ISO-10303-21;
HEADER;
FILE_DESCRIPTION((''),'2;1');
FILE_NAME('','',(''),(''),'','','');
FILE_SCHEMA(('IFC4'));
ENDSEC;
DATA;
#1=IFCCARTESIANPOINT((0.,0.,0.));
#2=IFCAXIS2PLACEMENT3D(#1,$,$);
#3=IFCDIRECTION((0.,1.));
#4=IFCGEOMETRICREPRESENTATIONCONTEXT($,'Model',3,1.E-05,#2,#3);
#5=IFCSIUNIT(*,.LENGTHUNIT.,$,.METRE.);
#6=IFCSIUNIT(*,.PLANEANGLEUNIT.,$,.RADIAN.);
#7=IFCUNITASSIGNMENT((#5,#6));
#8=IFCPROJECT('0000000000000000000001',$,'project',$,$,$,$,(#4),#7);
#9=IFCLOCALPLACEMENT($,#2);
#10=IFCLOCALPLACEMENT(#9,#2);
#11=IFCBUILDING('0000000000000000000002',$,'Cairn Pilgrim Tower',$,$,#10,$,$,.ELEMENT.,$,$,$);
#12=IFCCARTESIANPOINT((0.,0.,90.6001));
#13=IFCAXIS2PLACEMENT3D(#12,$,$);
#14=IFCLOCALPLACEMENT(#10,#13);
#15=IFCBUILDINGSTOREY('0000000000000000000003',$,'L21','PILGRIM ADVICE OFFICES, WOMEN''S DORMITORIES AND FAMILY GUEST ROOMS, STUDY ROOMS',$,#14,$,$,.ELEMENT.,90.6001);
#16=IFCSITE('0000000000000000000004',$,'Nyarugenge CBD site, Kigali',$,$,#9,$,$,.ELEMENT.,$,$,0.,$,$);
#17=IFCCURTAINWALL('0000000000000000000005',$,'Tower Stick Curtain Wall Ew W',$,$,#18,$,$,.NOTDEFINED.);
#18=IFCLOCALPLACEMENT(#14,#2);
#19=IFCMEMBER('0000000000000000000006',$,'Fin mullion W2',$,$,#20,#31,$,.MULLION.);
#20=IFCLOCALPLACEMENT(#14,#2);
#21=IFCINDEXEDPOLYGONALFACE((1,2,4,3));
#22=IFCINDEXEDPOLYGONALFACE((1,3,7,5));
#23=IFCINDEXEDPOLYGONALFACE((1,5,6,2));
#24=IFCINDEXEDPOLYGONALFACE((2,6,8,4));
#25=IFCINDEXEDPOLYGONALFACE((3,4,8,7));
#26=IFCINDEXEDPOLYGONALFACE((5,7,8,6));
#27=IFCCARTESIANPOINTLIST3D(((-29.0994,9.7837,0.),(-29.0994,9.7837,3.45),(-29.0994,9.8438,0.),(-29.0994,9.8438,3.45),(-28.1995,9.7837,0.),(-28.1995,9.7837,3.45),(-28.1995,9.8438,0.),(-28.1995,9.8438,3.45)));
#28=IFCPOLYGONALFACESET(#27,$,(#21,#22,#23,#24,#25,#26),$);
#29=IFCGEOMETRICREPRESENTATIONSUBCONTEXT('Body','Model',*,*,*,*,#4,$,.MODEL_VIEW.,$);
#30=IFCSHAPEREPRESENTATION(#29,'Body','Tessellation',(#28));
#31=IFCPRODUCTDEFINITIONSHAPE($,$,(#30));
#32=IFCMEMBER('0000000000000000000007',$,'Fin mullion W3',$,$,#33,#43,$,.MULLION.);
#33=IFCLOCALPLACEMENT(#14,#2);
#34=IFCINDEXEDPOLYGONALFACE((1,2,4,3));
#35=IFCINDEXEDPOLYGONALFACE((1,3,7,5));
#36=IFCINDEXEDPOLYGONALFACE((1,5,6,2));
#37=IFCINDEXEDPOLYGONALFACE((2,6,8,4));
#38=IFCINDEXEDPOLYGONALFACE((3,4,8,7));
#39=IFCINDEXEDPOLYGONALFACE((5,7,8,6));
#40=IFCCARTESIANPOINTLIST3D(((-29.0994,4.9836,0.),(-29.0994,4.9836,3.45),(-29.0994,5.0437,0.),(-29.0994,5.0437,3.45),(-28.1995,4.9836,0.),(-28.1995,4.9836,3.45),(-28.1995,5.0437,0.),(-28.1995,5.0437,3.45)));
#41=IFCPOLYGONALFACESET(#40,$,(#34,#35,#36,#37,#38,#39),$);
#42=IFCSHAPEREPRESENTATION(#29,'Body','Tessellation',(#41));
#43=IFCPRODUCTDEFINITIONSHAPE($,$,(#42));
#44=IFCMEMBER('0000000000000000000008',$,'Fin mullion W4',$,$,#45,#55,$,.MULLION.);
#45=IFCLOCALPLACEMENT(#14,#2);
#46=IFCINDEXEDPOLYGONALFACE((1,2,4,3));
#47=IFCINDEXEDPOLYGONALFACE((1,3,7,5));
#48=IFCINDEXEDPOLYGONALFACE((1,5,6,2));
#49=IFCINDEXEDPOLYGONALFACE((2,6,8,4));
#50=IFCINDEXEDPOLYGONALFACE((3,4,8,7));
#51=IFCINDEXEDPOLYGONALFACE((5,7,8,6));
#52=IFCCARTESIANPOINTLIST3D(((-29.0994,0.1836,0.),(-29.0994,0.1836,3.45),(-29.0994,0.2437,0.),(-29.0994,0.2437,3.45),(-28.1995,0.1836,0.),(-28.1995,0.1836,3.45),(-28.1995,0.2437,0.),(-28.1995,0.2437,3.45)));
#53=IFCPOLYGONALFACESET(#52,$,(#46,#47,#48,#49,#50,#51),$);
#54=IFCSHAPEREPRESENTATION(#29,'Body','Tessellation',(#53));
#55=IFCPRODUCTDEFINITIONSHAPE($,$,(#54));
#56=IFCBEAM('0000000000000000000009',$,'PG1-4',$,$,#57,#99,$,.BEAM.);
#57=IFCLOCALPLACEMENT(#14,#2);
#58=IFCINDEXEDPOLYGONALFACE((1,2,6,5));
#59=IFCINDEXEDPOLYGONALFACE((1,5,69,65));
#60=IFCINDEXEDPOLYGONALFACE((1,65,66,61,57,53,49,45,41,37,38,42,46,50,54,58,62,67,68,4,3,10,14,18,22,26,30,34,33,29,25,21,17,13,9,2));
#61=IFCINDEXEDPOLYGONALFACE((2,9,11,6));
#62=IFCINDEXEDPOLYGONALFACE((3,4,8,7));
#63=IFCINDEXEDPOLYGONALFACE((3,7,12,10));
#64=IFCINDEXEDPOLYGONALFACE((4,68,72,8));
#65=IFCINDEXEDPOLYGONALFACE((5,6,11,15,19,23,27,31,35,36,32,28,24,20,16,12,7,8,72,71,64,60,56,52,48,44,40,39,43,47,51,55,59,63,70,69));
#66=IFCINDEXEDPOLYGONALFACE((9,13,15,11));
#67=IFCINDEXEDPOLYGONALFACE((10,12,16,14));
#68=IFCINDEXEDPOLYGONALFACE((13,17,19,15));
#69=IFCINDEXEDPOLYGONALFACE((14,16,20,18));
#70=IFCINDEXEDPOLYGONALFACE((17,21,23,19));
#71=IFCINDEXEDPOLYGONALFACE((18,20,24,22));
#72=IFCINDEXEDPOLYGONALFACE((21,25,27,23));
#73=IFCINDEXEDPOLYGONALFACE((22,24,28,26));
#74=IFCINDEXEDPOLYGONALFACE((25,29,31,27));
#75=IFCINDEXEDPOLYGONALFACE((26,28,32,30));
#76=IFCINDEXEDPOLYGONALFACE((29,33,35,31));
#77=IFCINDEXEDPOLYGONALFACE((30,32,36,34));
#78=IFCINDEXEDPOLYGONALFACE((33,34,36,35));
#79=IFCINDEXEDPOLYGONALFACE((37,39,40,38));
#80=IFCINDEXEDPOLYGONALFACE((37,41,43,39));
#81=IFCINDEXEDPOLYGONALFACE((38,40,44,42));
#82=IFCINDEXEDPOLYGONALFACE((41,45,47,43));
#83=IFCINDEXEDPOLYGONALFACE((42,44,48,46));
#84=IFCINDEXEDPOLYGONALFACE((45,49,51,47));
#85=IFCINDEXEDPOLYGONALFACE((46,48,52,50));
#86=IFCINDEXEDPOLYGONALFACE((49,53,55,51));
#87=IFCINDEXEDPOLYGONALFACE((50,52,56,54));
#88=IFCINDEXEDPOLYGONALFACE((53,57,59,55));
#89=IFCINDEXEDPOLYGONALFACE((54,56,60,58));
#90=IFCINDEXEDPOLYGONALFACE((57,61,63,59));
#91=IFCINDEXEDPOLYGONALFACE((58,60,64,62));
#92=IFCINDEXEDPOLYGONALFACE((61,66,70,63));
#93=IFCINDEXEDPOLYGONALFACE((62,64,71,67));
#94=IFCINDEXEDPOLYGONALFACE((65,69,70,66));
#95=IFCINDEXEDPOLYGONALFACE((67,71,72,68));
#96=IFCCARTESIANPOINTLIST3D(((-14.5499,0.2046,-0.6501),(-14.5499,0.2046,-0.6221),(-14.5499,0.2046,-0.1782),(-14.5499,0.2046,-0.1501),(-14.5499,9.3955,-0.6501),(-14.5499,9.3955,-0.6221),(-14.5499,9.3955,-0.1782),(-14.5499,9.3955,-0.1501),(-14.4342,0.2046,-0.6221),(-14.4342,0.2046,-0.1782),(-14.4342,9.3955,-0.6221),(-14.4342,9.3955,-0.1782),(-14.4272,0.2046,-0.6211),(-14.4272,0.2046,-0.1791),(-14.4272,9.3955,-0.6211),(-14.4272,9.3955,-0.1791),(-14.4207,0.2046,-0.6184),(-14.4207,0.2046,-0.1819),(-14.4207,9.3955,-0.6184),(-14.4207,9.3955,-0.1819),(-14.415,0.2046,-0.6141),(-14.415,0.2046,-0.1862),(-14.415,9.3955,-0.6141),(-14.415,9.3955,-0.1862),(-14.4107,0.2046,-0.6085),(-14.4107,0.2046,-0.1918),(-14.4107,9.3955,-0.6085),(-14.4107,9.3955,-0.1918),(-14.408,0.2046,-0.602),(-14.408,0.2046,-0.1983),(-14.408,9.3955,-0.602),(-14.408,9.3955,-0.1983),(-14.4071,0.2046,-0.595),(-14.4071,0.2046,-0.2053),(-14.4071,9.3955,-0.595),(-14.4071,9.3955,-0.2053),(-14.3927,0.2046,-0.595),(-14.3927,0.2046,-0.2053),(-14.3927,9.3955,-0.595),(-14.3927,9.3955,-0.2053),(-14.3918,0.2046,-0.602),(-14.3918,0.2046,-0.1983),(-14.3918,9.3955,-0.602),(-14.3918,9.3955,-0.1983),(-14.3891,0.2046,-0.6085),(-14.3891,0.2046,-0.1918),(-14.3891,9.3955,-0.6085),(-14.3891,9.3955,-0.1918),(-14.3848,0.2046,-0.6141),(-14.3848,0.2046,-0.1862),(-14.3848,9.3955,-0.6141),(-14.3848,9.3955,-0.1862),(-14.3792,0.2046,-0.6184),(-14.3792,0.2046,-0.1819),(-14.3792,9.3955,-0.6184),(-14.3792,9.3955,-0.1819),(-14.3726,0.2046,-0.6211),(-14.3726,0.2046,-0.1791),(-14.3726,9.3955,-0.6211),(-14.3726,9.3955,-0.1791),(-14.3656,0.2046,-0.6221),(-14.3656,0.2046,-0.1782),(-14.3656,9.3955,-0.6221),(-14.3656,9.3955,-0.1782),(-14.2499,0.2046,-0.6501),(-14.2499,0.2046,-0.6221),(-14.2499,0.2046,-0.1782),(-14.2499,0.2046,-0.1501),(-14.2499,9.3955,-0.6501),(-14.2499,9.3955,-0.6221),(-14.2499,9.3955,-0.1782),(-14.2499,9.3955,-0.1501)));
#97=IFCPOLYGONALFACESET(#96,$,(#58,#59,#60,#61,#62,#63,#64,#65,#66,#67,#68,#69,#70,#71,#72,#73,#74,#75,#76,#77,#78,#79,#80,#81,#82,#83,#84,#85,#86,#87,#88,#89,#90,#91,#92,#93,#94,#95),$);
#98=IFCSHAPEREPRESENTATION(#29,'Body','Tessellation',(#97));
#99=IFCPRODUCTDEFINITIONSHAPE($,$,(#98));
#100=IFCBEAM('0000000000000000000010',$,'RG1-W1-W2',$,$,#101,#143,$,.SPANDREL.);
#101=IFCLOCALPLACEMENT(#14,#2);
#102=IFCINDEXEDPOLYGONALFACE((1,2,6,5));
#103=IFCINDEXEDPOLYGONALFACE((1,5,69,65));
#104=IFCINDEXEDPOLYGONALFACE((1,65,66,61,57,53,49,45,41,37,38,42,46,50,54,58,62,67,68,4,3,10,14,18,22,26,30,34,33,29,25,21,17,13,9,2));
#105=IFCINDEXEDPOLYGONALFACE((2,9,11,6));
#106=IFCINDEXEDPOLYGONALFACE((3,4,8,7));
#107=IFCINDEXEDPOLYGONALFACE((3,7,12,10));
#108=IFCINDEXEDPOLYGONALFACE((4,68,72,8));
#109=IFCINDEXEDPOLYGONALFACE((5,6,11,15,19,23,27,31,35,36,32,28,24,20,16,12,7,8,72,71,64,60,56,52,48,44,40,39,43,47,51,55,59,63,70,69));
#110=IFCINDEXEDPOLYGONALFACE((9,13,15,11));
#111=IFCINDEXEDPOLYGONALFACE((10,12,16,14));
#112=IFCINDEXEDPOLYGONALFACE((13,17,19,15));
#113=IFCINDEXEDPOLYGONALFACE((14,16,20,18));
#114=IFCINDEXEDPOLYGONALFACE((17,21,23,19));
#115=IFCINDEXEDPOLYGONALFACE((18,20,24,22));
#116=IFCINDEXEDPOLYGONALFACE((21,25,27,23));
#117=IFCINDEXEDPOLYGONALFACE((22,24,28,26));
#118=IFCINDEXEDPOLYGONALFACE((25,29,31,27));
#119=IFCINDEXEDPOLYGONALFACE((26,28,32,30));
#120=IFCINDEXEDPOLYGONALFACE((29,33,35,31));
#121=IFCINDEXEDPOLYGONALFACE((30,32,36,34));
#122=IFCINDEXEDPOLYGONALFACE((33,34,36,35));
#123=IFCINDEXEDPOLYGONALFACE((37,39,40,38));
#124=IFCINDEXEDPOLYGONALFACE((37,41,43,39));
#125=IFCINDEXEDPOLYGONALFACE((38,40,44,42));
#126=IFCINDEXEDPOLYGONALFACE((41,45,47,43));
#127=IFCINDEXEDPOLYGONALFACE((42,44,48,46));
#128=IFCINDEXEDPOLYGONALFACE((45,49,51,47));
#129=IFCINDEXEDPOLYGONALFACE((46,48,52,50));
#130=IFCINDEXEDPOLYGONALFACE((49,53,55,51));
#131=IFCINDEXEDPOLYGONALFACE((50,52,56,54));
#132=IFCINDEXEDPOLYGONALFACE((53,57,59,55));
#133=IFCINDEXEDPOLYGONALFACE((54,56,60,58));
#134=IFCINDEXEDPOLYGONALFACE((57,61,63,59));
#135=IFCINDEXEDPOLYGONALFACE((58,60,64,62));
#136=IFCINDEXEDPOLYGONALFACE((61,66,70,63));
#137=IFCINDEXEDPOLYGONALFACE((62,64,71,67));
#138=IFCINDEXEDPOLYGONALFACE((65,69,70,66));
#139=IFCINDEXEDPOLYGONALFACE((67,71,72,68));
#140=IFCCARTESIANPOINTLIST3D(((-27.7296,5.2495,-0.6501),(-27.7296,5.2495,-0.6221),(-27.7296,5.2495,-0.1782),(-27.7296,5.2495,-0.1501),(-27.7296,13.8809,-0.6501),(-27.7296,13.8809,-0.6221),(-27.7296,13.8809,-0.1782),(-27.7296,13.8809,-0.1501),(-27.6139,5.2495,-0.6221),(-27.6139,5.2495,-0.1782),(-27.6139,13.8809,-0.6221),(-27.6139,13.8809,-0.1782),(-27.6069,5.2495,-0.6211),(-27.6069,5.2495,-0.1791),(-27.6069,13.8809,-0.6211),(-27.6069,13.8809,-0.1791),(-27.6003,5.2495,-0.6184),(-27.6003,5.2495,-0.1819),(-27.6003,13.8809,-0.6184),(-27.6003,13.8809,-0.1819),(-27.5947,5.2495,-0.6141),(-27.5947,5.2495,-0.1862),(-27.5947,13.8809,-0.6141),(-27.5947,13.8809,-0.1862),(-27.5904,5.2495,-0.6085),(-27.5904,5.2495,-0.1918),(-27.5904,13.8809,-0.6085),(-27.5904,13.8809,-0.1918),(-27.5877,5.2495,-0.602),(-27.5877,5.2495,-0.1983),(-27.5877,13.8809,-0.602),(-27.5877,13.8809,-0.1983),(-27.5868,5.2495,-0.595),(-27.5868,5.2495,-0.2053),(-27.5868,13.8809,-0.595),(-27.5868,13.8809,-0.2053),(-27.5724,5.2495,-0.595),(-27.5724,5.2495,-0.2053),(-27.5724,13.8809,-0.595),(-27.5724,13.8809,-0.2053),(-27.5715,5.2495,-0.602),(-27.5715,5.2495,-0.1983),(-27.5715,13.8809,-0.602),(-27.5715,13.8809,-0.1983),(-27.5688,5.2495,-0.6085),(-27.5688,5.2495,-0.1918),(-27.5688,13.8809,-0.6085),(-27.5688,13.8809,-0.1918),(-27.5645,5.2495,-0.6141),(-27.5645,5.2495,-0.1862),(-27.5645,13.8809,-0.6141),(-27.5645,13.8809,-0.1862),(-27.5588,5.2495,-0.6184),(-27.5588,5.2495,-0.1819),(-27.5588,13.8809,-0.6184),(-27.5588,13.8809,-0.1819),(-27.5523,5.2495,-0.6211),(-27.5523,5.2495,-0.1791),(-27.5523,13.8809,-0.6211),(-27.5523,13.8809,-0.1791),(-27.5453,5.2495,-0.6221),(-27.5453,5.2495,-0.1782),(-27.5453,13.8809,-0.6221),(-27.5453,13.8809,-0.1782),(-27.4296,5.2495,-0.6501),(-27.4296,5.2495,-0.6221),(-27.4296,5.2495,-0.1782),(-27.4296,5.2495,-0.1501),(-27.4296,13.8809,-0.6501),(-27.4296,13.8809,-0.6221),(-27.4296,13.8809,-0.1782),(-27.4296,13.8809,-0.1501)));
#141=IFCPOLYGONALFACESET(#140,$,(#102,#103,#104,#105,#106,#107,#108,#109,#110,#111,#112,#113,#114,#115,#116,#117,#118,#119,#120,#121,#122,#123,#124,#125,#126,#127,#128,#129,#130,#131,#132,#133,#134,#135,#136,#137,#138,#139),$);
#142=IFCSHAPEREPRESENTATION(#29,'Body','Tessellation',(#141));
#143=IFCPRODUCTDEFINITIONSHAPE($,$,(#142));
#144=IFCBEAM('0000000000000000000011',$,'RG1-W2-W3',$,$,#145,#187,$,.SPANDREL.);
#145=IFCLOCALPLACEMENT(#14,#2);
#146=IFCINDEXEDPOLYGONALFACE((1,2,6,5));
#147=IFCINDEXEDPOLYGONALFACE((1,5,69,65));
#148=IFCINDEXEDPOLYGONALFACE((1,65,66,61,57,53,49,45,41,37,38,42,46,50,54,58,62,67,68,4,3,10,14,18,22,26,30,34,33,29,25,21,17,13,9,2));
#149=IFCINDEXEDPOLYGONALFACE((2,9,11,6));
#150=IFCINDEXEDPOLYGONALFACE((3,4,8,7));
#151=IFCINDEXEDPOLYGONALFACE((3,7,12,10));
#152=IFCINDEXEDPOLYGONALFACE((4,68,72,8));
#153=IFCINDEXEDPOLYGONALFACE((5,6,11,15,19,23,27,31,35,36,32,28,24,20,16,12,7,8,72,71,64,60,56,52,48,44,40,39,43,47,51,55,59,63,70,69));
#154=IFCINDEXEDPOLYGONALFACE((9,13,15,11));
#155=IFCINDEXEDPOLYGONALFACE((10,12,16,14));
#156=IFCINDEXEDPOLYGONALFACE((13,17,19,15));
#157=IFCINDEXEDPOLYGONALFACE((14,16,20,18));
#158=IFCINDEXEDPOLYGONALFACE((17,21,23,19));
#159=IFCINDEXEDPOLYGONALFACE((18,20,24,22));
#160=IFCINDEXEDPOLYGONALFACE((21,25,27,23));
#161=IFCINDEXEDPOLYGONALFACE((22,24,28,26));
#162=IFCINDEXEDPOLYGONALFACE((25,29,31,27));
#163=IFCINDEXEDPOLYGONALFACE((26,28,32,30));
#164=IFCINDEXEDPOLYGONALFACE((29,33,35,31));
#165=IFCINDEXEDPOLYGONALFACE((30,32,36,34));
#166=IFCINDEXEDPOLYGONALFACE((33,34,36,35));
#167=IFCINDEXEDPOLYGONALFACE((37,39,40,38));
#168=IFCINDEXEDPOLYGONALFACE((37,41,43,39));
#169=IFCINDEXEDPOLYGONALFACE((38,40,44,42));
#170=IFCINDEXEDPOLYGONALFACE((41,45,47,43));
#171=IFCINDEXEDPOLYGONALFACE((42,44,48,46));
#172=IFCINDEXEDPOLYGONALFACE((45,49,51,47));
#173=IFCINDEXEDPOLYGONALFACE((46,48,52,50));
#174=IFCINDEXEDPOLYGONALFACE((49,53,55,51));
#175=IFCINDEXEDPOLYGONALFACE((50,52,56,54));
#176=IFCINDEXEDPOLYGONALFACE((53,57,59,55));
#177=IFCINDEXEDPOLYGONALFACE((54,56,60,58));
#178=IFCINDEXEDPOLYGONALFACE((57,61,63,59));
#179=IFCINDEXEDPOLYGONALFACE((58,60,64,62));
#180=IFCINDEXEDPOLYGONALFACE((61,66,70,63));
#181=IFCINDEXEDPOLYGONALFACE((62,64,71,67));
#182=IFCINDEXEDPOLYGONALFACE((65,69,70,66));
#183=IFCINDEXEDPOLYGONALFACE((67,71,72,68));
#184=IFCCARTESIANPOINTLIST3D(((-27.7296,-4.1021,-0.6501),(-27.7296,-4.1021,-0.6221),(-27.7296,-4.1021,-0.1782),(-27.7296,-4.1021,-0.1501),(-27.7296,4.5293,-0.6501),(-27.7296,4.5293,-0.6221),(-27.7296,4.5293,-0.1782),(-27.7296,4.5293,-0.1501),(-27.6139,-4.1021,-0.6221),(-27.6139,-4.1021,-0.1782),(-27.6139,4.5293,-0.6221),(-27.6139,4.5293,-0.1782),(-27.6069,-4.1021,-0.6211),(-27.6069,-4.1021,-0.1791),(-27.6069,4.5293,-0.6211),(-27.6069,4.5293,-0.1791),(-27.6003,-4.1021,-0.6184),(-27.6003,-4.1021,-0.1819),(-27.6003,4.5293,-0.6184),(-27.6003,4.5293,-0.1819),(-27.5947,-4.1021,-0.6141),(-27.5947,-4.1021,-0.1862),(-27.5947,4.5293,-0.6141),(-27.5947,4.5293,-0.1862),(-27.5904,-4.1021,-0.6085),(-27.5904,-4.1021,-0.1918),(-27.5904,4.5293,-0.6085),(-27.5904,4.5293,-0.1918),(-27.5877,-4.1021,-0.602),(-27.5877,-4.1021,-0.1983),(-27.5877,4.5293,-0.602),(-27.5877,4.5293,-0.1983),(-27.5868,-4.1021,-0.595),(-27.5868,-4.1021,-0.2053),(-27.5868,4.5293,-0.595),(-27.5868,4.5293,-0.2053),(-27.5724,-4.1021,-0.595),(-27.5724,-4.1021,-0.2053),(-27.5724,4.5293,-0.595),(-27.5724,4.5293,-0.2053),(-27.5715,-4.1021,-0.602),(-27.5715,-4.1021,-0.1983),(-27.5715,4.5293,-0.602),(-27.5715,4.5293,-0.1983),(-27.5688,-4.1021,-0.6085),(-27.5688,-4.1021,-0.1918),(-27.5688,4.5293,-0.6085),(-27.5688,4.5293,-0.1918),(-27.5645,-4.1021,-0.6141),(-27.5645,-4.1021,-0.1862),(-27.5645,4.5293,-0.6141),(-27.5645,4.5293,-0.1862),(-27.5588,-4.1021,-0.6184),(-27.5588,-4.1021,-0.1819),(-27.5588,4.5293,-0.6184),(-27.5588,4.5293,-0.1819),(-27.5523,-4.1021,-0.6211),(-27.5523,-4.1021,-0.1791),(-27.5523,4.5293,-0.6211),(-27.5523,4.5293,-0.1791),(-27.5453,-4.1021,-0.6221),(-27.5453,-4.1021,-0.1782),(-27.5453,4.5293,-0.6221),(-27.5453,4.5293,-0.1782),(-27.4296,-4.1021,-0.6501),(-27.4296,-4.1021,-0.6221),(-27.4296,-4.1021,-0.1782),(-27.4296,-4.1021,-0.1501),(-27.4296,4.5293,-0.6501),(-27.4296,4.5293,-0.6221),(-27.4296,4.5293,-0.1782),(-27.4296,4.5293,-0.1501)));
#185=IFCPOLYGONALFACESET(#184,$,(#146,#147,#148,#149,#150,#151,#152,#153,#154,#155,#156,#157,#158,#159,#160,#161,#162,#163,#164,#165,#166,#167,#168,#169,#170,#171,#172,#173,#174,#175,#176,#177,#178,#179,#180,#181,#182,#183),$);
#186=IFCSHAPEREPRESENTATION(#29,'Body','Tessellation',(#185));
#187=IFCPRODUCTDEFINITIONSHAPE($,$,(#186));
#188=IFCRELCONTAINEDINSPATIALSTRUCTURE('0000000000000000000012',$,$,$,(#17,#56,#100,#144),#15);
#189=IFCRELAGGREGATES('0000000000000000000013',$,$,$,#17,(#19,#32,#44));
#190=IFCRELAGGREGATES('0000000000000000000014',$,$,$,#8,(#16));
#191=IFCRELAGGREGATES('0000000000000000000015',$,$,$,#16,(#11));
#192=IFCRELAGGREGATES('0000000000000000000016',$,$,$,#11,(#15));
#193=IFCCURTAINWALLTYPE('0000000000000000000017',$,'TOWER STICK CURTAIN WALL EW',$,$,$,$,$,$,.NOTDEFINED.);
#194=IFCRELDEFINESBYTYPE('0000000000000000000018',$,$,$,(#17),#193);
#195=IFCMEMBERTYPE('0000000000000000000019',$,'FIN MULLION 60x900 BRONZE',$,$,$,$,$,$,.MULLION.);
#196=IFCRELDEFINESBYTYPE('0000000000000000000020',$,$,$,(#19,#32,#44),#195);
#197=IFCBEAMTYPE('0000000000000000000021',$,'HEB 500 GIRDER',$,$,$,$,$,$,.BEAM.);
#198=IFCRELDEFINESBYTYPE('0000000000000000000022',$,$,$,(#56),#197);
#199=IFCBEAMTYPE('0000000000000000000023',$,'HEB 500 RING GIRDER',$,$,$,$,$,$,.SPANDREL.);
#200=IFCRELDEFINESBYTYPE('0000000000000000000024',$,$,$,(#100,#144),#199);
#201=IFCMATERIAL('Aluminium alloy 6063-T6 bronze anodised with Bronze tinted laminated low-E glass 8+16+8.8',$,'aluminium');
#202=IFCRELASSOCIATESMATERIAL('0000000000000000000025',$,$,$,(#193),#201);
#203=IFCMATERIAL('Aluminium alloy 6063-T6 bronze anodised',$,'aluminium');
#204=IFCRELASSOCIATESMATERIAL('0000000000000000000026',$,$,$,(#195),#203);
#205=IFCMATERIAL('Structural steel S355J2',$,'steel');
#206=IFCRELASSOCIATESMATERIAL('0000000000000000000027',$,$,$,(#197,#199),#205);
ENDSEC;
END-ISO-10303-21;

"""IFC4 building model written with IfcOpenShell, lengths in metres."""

from ifc_helpers import new_model, si_unit, direction, frame, origin, origin_2d, place, context, subcontext, project, spatial, rectangle, i_section, extrude, material, material_profile, profile_set, type_object, element, aggregate, save


model = new_model("IFC4")

# Units and contexts
model_context = context("Model", 3, precision=1e-05, world=origin(), true_north=direction((0.0, 1.0)))
body_context = subcontext(model_context, "Body", "Model", "MODEL_VIEW")
ifc_project = project(units=[si_unit("LENGTHUNIT", "METRE"), si_unit("PLANEANGLEUNIT", "RADIAN")], contexts=[model_context])

# Site, building, storey
site_placement = place(None, origin())
site = spatial("IfcSite", under=ifc_project, at=site_placement, Name="Nyarugenge CBD site, Kigali", CompositionType="ELEMENT", RefElevation=0.0)
building_placement = place(site_placement, origin())
building = spatial("IfcBuilding", under=site, at=building_placement, Name="Cairn Pilgrim Tower", CompositionType="ELEMENT")
storey_placement = place(building_placement, frame((0.0, 0.0, 90.6001)))
storey = spatial("IfcBuildingStorey", under=building, at=storey_placement, Name="L21", Description="PILGRIM ADVICE OFFICES, WOMEN'S DORMITORIES AND FAMILY GUEST ROOMS, STUDY ROOMS", CompositionType="ELEMENT", Elevation=90.6001)

# Curtain wall, members
ifc_material_1 = material(Name="Aluminium alloy 6063-T6 bronze anodised with Bronze tinted laminated low-E glass 8+16+8.8", Category="aluminium")
curtain_wall_type = type_object("IfcCurtainWallType", Name="TOWER STICK CURTAIN WALL EW", PredefinedType="NOTDEFINED", material=ifc_material_1)
curtain_wall_placement = place(storey_placement, origin())
curtain_wall = element("IfcCurtainWall", 1, at=curtain_wall_placement, inside=storey, type_object=curtain_wall_type, Name="Tower Stick Curtain Wall Ew W", PredefinedType="NOTDEFINED")
ifc_material_2 = material(Name="Aluminium alloy 6063-T6 bronze anodised", Category="aluminium")
ifc_material_profile_1 = material_profile(ifc_material_2, rectangle(XDim=0.8999, YDim=0.0601, at=origin_2d()), Name="FIN MULLION 60x900 BRONZE")
ifc_profile_set_1 = profile_set([ifc_material_profile_1], Name="Aluminium alloy 6063-T6 bronze anodised")
member_type_1 = type_object("IfcMemberType", Name="FIN MULLION 60x900 BRONZE", PredefinedType="MULLION", material=ifc_profile_set_1)
member_1_placement = place(storey_placement, frame((-28.6494, 9.8137, 0.0), z_axis=(0.0, 0.0, 1.0), x_axis=(-1.0, 0.0, 0.0)))
member_1 = element("IfcMember", 2, at=member_1_placement, type_object=member_type_1, Name="Fin mullion W2", PredefinedType="MULLION", context=body_context, shape_type="SweptSolid", body=[
    extrude(rectangle(XDim=0.8999, YDim=0.0601, at=origin_2d()), origin(), (0.0, 0.0, 1.0), 3.45),
])
member_2_placement = place(storey_placement, frame((-28.6494, 5.0137, 0.0), z_axis=(0.0, 0.0, 1.0), x_axis=(-1.0, 0.0, 0.0)))
member_2 = element("IfcMember", 3, at=member_2_placement, type_object=member_type_1, Name="Fin mullion W3", PredefinedType="MULLION", context=body_context, shape_type="SweptSolid", body=[
    extrude(rectangle(XDim=0.8999, YDim=0.0601, at=origin_2d()), origin(), (0.0, 0.0, 1.0), 3.45),
])
member_3_placement = place(storey_placement, frame((-28.6494, 0.2136, 0.0), z_axis=(0.0, 0.0, 1.0), x_axis=(-1.0, 0.0, 0.0)))
member_3 = element("IfcMember", 4, at=member_3_placement, type_object=member_type_1, Name="Fin mullion W4", PredefinedType="MULLION", context=body_context, shape_type="SweptSolid", body=[
    extrude(rectangle(XDim=0.8999, YDim=0.0601, at=origin_2d()), origin(), (0.0, 0.0, 1.0), 3.45),
])

# Beams
ifc_material_3 = material(Name="Structural steel S355J2", Category="steel")
ifc_material_profile_2 = material_profile(ifc_material_3, i_section(OverallWidth=0.3, OverallDepth=0.5, WebThickness=0.0144, FlangeThickness=0.0281, FilletRadius=0.0271, at=origin_2d()), Name="HEB 500")
ifc_profile_set_2 = profile_set([ifc_material_profile_2], Name="Structural steel S355J2")
beam_type_1 = type_object("IfcBeamType", Name="HEB 500 GIRDER", PredefinedType="BEAM", material=ifc_profile_set_2)
beam_placement = place(storey_placement, frame((-14.3999, 0.2046, -0.4001), z_axis=(0.0, 1.0, 0.0), x_axis=(-1.0, 0.0, 0.0)))
element("IfcBeam", 5, at=beam_placement, inside=storey, type_object=beam_type_1, Name="PG1-4", PredefinedType="BEAM", context=body_context, shape_type="SweptSolid", body=[
    extrude(i_section(OverallWidth=0.3, OverallDepth=0.5, WebThickness=0.0144, FlangeThickness=0.0281, FilletRadius=0.0271, at=origin_2d()), origin(), (0.0, 0.0, 1.0), 9.1909),
])
ifc_material_profile_3 = material_profile(ifc_material_3, i_section(OverallWidth=0.3, OverallDepth=0.5, WebThickness=0.0144, FlangeThickness=0.0281, FilletRadius=0.0271, at=origin_2d()), Name="HEB 500")
ifc_profile_set_3 = profile_set([ifc_material_profile_3], Name="Structural steel S355J2")
beam_type_2 = type_object("IfcBeamType", Name="HEB 500 RING GIRDER", PredefinedType="SPANDREL", material=ifc_profile_set_3)
for number, where, z_axis, x_axis, name in (
    (6, (-27.5796, 13.8809, -0.4001), (0.0, -1.0, 0.0), (1.0, 0.0, 0.0), "RG1-W1-W2"),
    (7, (-27.5796, 4.5293, -0.4001), (0.0, -1.0, 0.0), (1.0, 0.0, 0.0), "RG1-W2-W3"),
):
    element("IfcBeam", number, at=place(storey_placement, frame(where, z_axis=z_axis, x_axis=x_axis)), inside=storey, type_object=beam_type_2, Name=name, PredefinedType="SPANDREL", context=body_context, shape_type="SweptSolid", body=[
        extrude(i_section(OverallWidth=0.3, OverallDepth=0.5, WebThickness=0.0144, FlangeThickness=0.0281, FilletRadius=0.0271, at=origin_2d()), origin(), (0.0, 0.0, 1.0), 8.6313),
    ])

aggregate(curtain_wall, [member_1, member_2, member_3])

save(model, "model.ifc")
